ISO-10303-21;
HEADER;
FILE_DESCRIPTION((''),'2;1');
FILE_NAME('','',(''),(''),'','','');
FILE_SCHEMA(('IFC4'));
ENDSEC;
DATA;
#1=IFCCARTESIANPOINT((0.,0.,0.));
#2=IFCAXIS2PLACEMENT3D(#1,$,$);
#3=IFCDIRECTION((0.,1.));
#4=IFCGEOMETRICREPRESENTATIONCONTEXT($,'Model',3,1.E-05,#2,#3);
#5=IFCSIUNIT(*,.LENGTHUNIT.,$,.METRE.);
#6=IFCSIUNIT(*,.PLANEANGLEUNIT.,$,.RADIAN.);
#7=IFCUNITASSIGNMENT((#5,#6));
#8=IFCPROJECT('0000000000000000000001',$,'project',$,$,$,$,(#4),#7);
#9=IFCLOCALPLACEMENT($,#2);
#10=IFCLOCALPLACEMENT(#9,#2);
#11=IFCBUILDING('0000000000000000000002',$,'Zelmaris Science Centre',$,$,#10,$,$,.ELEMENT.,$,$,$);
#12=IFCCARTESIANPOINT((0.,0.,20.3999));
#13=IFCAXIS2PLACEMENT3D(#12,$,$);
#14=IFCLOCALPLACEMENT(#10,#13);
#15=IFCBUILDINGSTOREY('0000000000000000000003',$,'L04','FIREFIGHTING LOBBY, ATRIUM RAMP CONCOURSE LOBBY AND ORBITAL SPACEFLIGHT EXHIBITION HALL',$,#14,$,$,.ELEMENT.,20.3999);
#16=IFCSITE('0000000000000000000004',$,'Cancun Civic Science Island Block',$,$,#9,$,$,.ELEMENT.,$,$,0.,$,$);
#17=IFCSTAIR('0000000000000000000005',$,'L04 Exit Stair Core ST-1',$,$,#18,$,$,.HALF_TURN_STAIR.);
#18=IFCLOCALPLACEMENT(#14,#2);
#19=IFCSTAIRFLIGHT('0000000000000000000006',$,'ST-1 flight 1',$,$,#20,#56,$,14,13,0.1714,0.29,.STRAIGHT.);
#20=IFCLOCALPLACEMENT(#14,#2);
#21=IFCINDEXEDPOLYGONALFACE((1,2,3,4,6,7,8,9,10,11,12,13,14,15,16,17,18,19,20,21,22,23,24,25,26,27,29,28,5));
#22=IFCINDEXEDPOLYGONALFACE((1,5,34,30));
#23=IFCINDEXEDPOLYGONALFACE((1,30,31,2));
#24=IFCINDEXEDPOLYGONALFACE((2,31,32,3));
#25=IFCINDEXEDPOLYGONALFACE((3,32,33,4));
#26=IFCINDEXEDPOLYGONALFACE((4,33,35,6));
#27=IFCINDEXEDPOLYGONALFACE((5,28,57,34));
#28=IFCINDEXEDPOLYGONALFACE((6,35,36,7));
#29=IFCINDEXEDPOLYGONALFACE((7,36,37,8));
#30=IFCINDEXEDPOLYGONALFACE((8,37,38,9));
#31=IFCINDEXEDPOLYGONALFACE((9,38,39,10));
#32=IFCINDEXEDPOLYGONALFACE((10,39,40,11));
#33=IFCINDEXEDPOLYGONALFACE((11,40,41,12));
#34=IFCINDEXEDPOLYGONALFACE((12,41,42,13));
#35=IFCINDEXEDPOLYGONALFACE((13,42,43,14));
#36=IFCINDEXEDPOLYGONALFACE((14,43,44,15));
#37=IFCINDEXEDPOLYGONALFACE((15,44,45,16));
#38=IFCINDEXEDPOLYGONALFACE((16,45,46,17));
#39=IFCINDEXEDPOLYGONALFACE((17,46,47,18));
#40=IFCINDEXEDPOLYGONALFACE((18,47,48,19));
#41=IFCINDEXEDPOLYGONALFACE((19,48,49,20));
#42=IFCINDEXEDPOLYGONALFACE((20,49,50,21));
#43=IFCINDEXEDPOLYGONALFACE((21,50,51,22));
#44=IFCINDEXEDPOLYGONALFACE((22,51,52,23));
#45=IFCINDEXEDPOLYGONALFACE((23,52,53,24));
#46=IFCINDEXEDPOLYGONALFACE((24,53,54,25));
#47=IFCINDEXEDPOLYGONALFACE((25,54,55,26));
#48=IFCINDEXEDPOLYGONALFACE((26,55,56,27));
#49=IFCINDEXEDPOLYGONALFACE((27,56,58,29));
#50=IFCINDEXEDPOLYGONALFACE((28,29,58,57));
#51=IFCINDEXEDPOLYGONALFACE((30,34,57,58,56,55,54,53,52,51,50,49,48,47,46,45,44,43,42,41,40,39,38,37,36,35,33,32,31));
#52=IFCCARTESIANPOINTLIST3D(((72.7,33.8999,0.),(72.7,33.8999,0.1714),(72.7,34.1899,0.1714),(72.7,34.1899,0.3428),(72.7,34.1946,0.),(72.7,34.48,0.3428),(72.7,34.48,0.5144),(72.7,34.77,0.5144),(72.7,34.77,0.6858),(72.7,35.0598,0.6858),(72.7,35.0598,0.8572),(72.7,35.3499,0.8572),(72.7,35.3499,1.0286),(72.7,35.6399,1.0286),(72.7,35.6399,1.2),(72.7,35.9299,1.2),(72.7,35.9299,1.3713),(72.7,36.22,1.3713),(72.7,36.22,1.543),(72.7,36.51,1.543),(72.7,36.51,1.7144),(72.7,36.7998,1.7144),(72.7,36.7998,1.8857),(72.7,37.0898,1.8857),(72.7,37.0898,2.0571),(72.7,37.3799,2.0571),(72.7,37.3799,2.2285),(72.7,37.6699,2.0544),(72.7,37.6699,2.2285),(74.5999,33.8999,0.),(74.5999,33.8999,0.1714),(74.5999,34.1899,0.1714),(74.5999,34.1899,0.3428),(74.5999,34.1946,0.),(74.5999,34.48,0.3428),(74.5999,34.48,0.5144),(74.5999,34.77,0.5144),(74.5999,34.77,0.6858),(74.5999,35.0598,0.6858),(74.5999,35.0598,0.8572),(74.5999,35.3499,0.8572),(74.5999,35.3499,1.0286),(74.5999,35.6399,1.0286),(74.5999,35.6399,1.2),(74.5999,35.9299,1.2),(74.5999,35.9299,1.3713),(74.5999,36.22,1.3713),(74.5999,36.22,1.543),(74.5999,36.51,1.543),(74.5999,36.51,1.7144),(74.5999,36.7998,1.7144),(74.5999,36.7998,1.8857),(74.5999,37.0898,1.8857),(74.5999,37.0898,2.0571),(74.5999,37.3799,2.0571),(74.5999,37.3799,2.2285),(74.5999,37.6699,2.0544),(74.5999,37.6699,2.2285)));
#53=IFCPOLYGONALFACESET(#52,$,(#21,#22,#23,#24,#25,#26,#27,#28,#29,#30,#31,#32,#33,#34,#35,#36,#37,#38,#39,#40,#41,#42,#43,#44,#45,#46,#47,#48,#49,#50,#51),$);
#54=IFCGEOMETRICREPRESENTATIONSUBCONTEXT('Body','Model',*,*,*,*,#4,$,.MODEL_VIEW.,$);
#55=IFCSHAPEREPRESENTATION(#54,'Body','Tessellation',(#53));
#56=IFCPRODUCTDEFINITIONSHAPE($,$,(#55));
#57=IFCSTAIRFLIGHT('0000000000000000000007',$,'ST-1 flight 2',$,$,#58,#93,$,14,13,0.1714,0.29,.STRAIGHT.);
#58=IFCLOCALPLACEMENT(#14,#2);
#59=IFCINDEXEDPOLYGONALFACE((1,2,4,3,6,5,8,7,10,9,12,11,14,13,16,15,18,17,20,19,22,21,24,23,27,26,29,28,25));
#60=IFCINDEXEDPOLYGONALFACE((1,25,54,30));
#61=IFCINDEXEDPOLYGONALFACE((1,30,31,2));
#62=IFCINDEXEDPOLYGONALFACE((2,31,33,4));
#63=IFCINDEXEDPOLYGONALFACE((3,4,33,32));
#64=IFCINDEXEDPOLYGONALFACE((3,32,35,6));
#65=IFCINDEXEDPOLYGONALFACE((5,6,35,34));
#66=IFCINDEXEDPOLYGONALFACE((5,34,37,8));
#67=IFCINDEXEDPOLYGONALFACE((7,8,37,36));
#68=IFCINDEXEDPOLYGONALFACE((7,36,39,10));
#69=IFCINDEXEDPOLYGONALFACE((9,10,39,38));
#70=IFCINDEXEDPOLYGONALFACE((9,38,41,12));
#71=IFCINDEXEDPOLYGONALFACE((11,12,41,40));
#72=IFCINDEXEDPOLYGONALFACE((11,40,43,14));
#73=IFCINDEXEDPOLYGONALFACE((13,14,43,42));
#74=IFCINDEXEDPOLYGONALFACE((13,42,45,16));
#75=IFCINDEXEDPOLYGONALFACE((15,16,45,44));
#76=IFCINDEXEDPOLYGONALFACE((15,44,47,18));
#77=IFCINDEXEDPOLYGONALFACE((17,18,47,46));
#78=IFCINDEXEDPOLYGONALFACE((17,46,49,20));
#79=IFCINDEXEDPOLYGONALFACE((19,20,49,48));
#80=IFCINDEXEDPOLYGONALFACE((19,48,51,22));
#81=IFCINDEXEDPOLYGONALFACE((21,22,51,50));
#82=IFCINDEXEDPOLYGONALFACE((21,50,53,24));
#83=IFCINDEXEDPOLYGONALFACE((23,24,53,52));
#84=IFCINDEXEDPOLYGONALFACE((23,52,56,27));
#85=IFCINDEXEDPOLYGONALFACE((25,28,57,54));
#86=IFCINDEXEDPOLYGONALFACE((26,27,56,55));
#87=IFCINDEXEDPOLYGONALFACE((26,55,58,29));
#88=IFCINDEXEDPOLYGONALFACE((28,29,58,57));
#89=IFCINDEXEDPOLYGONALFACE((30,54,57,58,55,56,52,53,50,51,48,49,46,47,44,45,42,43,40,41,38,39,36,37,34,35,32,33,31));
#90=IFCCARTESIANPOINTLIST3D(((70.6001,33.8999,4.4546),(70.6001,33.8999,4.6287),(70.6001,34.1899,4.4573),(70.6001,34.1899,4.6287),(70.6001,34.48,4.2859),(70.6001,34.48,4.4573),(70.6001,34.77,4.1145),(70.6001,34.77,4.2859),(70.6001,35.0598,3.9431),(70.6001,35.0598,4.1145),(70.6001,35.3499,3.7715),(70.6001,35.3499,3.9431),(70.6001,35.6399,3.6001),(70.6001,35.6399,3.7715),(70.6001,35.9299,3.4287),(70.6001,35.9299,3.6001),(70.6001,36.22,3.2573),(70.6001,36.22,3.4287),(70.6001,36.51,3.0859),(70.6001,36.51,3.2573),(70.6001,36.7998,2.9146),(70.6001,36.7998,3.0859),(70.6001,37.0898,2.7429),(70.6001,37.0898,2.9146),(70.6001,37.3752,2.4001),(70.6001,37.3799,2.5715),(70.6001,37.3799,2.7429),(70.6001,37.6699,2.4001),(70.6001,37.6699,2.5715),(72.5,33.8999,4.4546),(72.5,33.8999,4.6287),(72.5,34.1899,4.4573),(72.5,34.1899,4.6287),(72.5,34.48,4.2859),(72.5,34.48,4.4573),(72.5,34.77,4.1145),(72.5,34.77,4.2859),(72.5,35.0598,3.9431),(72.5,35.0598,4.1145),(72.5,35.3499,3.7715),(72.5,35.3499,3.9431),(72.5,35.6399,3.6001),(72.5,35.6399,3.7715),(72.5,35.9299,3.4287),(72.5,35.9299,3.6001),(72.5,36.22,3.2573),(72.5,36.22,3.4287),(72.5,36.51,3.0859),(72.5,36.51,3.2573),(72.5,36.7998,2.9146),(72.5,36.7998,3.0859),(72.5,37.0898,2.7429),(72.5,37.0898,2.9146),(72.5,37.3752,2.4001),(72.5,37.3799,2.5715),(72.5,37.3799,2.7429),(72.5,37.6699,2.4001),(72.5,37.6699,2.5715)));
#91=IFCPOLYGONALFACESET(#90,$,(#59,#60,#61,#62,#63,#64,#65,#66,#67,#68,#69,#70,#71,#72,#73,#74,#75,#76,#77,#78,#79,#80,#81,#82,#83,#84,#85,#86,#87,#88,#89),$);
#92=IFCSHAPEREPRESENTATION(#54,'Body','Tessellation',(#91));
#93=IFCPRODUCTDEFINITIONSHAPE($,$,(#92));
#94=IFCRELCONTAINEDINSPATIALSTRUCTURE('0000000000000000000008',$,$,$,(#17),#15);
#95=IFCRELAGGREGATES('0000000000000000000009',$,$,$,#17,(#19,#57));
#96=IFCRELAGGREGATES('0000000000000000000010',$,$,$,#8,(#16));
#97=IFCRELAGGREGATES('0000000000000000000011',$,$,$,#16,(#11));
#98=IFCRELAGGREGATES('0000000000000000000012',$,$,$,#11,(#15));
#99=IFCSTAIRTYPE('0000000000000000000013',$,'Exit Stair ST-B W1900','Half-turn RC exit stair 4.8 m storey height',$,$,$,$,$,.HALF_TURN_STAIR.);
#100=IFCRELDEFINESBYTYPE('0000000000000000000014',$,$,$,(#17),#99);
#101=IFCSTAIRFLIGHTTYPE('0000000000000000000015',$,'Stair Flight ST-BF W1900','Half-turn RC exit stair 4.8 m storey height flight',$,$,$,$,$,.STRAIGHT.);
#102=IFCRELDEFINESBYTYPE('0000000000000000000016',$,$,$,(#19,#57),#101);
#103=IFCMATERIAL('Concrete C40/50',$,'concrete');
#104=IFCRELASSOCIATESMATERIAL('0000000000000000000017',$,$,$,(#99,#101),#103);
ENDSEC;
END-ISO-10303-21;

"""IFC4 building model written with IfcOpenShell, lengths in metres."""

from ifc_helpers import new_model, si_unit, direction, frame, origin, place, context, subcontext, project, spatial, polyline, outline, extrude, material, type_object, element, aggregate, save


model = new_model("IFC4")

# Units and contexts
model_context = context("Model", 3, precision=1e-05, world=origin(), true_north=direction((0.0, 1.0)))
body_context = subcontext(model_context, "Body", "Model", "MODEL_VIEW")
ifc_project = project(units=[si_unit("LENGTHUNIT", "METRE"), si_unit("PLANEANGLEUNIT", "RADIAN")], contexts=[model_context])

# Site, building, storey
site_placement = place(None, origin())
site = spatial("IfcSite", under=ifc_project, at=site_placement, Name="Cancun Civic Science Island Block", CompositionType="ELEMENT", RefElevation=0.0)
building_placement = place(site_placement, origin())
building = spatial("IfcBuilding", under=site, at=building_placement, Name="Zelmaris Science Centre", CompositionType="ELEMENT")
storey_placement = place(building_placement, frame((0.0, 0.0, 20.3999)))
storey = spatial("IfcBuildingStorey", under=building, at=storey_placement, Name="L04", Description="FIREFIGHTING LOBBY, ATRIUM RAMP CONCOURSE LOBBY AND ORBITAL SPACEFLIGHT EXHIBITION HALL", CompositionType="ELEMENT", Elevation=20.3999)

# Shared definitions
ifc_material_1 = material(Name="Concrete C40/50", Category="concrete")

# Stair, stair flights
stair_type = type_object("IfcStairType", Name="Exit Stair ST-B W1900", Description="Half-turn RC exit stair 4.8 m storey height", PredefinedType="HALF_TURN_STAIR", material=ifc_material_1)
stair_placement = place(storey_placement, origin())
stair = element("IfcStair", 1, at=stair_placement, inside=storey, type_object=stair_type, Name="L04 Exit Stair Core ST-1", PredefinedType="HALF_TURN_STAIR")
stair_flight_type = type_object("IfcStairFlightType", Name="Stair Flight ST-BF W1900", Description="Half-turn RC exit stair 4.8 m storey height flight", PredefinedType="STRAIGHT", material=ifc_material_1)
stair_flight_1_placement = place(storey_placement, frame((73.6499, 33.8999, 0.0), z_axis=(0.0, 0.0, 1.0), x_axis=(0.0, 1.0, 0.0)))
stair_flight_1 = element("IfcStairFlight", 2, at=stair_flight_1_placement, type_object=stair_flight_type, Name="ST-1 flight 1", NumberOfRisers=14, NumberOfTreads=13, PredefinedType="STRAIGHT", RiserHeight=0.1714, TreadLength=0.29, context=body_context, shape_type="SweptSolid", body=[
    extrude(outline(polyline([(0.0, 0.0), (0.0, 0.1714), (0.29, 0.1714), (0.29, 0.3428), (0.5801, 0.3428), (0.5801, 0.5144), (0.8701, 0.5144), (0.8701, 0.6858), (1.1599, 0.6858), (1.1599, 0.8572), (1.45, 0.8572), (1.45, 1.0286), (1.74, 1.0286), (1.74, 1.2), (2.03, 1.2), (2.03, 1.3713), (2.3201, 1.3713), (2.3201, 1.543), (2.6101, 1.543), (2.6101, 1.7144), (2.8999, 1.7144), (2.8999, 1.8857), (3.1899, 1.8857), (3.1899, 2.0571), (3.48, 2.0571), (3.48, 2.2285), (3.77, 2.2285), (3.77, 2.3999), (3.77, 2.0544), (0.2947, 0.0), (0.0, 0.0)])), frame((0.0, 0.95, 0.0), z_axis=(0.0, -1.0, 0.0), x_axis=(1.0, 0.0, 0.0)), (0.0, 0.0, 1.0), 1.8999),
])
stair_flight_2_placement = place(storey_placement, frame((71.55, 37.6699, 2.4001), z_axis=(0.0, 0.0, 1.0), x_axis=(0.0, -1.0, 0.0)))
stair_flight_2 = element("IfcStairFlight", 3, at=stair_flight_2_placement, type_object=stair_flight_type, Name="ST-1 flight 2", NumberOfRisers=14, NumberOfTreads=13, PredefinedType="STRAIGHT", RiserHeight=0.1714, TreadLength=0.29, context=body_context, shape_type="SweptSolid", body=[
    extrude(outline(polyline([(0.0, 0.0), (0.0, 0.1714), (0.29, 0.1714), (0.29, 0.3428), (0.5801, 0.3428), (0.5801, 0.5144), (0.8701, 0.5144), (0.8701, 0.6858), (1.1599, 0.6858), (1.1599, 0.8572), (1.45, 0.8572), (1.45, 1.0286), (1.74, 1.0286), (1.74, 1.2), (2.03, 1.2), (2.03, 1.3713), (2.3201, 1.3713), (2.3201, 1.543), (2.6101, 1.543), (2.6101, 1.7144), (2.8999, 1.7144), (2.8999, 1.8857), (3.1899, 1.8857), (3.1899, 2.0571), (3.48, 2.0571), (3.48, 2.2285), (3.77, 2.2285), (3.77, 2.3999), (3.77, 2.0544), (0.2947, 0.0), (0.0, 0.0)])), frame((0.0, 0.95, 0.0), z_axis=(0.0, -1.0, 0.0), x_axis=(1.0, 0.0, 0.0)), (0.0, 0.0, 1.0), 1.8999),
])
aggregate(stair, [stair_flight_1, stair_flight_2])

save(model, "model.ifc")
